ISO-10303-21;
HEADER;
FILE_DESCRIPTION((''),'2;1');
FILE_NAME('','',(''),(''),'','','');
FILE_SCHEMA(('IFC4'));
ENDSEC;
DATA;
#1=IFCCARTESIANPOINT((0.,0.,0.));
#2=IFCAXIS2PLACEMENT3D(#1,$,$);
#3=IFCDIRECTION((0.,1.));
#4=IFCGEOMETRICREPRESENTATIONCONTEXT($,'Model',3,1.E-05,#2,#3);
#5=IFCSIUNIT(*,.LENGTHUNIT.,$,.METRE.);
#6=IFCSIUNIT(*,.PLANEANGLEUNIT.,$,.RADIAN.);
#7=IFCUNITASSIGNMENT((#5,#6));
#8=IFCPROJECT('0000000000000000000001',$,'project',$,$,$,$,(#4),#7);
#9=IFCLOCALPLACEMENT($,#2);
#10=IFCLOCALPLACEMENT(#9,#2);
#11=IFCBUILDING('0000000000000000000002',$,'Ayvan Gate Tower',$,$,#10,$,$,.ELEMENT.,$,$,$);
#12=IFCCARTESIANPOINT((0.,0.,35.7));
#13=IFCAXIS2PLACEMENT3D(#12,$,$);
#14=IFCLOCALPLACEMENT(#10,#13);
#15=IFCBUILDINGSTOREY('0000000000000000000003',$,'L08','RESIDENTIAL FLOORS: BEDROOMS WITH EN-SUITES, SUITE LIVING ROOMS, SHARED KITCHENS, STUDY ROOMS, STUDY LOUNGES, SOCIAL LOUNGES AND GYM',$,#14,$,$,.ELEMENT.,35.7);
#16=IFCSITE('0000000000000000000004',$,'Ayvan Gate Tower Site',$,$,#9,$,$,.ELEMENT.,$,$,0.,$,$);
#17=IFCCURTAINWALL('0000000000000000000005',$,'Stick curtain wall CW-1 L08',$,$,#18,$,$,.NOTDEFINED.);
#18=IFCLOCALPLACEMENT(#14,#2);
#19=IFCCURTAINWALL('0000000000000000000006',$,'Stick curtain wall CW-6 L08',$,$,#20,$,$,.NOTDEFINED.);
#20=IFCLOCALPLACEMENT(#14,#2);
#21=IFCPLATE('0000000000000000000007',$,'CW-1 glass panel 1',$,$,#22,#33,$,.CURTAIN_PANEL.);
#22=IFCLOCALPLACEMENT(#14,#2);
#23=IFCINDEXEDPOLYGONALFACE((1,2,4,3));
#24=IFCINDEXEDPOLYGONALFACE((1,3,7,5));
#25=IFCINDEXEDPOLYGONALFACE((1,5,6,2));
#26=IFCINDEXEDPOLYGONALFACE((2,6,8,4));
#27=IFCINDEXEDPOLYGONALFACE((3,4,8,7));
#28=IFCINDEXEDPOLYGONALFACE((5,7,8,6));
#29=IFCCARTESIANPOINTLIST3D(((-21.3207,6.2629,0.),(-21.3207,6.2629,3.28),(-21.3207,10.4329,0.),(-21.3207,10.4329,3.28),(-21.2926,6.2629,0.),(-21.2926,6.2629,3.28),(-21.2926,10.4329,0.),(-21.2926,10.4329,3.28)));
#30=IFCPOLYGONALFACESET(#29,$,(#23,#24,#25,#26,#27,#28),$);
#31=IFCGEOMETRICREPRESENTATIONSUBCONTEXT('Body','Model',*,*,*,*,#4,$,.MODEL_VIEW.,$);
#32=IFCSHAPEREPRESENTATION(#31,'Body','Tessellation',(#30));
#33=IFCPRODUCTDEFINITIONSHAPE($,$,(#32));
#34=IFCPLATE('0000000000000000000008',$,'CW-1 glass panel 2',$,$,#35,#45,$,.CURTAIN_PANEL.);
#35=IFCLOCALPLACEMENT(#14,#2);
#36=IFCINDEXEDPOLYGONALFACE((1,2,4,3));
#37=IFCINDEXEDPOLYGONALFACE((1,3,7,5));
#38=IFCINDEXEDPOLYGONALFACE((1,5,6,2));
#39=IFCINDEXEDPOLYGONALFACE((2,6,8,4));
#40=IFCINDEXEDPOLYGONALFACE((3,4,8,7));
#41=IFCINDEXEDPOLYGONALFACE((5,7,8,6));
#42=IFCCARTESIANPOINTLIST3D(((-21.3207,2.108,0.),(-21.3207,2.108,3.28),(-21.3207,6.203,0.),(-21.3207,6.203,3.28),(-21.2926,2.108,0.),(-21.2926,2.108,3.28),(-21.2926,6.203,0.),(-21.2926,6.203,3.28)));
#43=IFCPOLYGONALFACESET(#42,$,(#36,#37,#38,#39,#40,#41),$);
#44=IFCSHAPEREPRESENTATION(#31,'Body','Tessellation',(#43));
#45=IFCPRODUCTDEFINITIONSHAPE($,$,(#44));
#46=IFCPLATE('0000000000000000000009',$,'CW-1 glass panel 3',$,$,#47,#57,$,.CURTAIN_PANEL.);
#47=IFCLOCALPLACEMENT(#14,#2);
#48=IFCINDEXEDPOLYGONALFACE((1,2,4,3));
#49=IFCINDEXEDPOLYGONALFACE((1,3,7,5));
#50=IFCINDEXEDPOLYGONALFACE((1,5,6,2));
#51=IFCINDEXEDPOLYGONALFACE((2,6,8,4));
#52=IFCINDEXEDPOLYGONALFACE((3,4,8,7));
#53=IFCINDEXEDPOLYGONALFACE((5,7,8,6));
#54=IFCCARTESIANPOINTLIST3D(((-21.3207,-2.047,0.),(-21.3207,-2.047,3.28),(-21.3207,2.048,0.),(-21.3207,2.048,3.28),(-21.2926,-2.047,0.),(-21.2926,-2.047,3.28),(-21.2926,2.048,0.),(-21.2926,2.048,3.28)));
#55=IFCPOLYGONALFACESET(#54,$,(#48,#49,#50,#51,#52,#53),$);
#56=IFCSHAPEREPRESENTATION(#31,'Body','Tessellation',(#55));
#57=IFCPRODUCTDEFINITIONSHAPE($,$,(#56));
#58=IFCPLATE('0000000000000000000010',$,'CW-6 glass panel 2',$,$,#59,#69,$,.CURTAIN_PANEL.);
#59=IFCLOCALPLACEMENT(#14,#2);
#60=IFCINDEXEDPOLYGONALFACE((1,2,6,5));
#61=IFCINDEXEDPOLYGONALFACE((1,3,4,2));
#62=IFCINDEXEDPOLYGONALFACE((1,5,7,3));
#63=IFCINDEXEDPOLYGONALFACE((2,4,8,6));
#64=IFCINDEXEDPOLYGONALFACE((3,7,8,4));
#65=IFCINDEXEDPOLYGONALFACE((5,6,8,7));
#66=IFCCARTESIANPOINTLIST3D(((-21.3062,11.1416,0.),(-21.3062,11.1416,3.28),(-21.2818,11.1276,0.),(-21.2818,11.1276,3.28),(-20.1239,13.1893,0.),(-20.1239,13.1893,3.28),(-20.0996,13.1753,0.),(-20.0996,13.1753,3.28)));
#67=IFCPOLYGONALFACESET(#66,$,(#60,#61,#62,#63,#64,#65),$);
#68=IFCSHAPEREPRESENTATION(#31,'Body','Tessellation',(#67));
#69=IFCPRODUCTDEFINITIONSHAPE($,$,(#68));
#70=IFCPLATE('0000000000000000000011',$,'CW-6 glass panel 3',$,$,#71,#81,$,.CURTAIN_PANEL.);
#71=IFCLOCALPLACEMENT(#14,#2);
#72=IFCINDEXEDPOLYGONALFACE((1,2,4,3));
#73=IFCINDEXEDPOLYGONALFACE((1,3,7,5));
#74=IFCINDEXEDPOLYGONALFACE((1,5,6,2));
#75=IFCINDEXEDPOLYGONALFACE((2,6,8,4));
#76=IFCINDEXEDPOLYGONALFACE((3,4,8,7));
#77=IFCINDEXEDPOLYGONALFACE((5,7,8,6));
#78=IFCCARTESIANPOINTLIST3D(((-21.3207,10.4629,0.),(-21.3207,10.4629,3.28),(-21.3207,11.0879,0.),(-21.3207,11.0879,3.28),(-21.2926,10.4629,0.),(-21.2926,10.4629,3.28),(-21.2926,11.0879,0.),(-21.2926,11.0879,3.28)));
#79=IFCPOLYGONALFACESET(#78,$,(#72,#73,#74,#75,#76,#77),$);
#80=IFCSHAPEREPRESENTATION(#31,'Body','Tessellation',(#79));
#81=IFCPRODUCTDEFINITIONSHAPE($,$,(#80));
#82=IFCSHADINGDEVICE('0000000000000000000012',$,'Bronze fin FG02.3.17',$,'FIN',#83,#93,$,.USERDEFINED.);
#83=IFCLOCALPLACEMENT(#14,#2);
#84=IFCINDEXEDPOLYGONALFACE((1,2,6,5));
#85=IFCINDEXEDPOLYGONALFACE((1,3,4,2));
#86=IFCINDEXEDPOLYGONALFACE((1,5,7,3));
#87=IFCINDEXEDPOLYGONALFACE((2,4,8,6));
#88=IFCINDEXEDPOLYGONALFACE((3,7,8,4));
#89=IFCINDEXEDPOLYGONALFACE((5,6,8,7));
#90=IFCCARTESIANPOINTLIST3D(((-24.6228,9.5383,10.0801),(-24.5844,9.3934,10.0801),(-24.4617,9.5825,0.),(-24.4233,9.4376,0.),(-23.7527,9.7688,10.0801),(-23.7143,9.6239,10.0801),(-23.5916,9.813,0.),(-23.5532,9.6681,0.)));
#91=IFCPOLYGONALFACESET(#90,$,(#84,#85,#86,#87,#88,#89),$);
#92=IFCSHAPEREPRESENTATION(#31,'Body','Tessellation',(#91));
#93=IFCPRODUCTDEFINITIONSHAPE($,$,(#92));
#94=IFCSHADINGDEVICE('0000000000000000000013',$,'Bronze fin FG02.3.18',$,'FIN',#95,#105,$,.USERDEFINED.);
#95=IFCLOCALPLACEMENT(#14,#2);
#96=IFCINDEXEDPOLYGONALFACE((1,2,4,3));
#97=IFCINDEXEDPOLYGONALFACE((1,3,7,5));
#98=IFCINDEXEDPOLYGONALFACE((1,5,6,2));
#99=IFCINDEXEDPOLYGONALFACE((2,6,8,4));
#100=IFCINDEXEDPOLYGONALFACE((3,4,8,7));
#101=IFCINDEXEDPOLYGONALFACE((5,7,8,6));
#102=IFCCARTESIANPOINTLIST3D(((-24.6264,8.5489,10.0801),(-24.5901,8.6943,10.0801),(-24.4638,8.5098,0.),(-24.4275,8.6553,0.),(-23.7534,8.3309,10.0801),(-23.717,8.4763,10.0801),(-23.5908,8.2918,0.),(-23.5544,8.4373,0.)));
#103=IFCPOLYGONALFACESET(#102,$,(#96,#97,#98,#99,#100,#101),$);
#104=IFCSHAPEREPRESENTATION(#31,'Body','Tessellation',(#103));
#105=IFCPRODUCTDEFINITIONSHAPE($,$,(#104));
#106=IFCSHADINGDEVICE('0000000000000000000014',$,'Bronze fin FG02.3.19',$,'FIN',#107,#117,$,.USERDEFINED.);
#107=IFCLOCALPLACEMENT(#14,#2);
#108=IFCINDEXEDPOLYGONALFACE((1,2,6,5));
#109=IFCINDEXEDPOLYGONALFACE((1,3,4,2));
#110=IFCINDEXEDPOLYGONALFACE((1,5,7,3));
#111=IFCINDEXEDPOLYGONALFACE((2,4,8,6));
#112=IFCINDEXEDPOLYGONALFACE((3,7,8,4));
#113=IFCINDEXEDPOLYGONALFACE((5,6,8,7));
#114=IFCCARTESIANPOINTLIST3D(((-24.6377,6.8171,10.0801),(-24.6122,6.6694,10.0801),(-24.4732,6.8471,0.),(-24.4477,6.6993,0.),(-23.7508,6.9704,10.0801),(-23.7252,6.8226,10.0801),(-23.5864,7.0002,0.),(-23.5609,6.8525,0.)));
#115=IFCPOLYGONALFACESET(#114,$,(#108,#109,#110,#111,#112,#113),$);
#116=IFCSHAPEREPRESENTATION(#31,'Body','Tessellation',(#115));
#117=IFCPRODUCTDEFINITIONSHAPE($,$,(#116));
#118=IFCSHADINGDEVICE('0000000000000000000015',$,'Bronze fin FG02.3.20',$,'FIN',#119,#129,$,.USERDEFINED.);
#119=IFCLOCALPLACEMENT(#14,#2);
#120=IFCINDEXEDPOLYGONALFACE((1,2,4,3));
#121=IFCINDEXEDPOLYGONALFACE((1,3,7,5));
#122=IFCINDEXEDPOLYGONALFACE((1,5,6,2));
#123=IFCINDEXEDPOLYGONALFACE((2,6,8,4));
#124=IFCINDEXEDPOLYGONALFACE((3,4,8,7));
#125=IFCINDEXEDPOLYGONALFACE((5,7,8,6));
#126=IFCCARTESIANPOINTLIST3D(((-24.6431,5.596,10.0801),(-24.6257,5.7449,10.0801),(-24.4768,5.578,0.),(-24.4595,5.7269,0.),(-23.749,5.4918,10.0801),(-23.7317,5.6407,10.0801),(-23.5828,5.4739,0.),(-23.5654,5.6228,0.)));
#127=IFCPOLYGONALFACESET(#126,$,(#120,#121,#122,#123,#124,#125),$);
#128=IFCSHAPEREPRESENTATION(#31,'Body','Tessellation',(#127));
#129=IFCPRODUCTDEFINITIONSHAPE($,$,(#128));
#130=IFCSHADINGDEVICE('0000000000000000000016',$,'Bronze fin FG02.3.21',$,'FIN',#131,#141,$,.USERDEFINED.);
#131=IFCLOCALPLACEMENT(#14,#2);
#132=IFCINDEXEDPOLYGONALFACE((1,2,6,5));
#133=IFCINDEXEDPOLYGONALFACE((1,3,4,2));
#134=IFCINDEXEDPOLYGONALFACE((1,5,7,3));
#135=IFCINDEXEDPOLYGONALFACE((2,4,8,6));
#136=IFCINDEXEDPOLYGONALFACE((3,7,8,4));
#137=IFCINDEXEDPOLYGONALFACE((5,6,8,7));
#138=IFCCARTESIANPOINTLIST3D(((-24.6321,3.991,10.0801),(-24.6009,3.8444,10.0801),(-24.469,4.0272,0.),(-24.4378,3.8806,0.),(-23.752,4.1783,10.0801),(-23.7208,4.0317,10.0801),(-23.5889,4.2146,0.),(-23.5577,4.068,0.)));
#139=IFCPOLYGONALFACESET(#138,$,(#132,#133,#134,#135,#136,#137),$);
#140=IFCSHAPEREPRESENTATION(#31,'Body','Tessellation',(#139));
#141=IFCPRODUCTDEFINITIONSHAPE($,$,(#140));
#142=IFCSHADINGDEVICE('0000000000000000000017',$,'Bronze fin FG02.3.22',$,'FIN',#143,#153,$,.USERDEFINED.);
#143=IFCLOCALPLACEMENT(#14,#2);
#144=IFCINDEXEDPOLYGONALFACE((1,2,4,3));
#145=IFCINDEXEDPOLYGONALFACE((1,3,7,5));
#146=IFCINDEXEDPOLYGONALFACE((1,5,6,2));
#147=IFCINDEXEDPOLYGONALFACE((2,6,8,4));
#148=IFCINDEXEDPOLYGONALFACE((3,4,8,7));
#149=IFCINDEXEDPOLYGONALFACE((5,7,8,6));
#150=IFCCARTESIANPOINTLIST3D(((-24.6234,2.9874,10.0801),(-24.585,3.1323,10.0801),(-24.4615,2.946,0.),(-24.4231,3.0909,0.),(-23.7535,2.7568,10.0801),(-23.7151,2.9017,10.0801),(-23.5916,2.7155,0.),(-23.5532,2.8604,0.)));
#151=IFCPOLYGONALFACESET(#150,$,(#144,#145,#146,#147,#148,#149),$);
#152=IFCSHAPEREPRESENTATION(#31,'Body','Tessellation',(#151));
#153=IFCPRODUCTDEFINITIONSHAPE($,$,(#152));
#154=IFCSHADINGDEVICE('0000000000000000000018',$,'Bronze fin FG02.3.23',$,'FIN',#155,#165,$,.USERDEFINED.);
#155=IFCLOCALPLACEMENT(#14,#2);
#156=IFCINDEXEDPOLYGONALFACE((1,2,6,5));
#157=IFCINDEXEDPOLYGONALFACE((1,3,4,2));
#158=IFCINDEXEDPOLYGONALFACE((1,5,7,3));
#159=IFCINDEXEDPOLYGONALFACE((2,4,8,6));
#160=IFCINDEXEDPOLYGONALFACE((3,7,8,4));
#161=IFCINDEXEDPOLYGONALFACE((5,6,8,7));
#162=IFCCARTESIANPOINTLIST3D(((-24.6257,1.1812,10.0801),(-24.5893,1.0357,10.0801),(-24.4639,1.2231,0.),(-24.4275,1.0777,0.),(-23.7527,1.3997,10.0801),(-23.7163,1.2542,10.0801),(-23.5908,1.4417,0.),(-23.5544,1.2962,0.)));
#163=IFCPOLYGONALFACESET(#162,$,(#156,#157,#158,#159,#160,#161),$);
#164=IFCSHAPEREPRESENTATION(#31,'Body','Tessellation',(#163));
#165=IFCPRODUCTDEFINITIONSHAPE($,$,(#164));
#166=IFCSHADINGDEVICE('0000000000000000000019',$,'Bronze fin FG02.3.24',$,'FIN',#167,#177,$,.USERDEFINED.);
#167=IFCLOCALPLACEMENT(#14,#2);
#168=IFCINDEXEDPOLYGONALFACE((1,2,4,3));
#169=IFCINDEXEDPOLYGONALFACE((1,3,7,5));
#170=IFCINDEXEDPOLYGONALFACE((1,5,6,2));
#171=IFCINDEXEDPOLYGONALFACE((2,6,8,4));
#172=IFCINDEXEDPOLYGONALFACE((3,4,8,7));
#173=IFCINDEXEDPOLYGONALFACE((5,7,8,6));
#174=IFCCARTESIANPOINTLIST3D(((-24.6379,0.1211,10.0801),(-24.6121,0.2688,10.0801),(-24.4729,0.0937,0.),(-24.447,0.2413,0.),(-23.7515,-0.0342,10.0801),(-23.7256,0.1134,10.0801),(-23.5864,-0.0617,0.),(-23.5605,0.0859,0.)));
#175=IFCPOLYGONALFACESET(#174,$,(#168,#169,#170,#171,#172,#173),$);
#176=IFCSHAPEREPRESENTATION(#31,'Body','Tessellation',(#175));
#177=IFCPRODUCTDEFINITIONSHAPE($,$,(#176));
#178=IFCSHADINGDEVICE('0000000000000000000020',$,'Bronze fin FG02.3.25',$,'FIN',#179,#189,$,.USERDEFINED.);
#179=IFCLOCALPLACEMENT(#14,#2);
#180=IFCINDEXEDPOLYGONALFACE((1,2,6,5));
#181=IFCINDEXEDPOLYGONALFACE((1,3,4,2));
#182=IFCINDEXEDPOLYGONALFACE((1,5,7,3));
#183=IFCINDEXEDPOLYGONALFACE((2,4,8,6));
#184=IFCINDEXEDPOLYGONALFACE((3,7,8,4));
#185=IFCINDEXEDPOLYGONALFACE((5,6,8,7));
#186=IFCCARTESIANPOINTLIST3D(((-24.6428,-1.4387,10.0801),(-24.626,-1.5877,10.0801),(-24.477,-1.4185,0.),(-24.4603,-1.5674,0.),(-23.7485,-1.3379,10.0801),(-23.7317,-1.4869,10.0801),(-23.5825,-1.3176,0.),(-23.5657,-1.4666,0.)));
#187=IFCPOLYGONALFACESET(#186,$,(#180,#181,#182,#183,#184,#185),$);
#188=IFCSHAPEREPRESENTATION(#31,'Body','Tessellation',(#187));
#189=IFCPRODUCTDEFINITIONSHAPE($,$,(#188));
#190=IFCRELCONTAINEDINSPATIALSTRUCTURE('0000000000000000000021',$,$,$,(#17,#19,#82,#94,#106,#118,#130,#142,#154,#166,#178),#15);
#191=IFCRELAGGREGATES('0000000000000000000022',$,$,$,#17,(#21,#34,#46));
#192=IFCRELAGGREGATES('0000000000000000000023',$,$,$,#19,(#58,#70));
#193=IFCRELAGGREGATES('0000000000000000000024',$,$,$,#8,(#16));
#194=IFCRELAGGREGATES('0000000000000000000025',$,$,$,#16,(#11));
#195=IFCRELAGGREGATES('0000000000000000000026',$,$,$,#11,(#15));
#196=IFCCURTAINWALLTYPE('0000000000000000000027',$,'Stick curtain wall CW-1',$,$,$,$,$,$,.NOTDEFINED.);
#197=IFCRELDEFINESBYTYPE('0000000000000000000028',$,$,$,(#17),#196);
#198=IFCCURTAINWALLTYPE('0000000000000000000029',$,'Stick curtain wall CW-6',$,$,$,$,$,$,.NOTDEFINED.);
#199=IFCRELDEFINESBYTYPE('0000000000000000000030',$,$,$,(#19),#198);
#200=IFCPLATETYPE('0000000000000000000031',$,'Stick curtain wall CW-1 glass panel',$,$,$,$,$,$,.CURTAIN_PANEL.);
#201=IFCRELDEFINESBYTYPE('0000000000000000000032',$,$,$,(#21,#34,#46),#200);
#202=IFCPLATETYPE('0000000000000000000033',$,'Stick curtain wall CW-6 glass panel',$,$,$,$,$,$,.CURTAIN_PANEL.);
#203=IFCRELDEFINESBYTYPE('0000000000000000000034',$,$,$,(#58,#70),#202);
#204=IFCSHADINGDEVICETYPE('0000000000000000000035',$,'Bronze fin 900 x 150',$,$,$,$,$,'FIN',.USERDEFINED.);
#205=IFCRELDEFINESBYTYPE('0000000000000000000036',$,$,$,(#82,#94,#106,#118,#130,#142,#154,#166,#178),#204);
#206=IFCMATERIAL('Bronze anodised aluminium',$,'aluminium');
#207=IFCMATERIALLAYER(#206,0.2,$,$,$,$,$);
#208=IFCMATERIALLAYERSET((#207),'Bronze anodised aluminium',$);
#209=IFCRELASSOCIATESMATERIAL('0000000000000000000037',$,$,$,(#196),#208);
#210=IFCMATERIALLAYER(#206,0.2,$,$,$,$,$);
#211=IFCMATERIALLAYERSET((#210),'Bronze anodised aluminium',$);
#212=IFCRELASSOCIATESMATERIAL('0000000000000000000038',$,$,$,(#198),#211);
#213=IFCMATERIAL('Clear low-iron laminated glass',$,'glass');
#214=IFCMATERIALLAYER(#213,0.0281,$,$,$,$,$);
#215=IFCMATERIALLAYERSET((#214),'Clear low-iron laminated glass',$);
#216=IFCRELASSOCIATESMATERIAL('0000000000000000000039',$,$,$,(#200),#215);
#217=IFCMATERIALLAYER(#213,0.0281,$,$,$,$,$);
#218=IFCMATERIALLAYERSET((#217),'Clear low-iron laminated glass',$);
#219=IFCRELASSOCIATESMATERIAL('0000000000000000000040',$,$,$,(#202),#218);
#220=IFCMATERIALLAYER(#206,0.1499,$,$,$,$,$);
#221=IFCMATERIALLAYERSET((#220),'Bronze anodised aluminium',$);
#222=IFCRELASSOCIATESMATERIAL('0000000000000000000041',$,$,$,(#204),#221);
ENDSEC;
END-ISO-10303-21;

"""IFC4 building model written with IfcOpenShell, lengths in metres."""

from ifc_helpers import new_model, si_unit, direction, frame, origin, origin_2d, place, context, subcontext, project, spatial, polyline, rectangle, outline, extrude, material, layer, layer_set, type_object, element, aggregate, save


model = new_model("IFC4")

# Units and contexts
model_context = context("Model", 3, precision=1e-05, world=origin(), true_north=direction((0.0, 1.0)))
body_context = subcontext(model_context, "Body", "Model", "MODEL_VIEW")
ifc_project = project(units=[si_unit("LENGTHUNIT", "METRE"), si_unit("PLANEANGLEUNIT", "RADIAN")], contexts=[model_context])

# Site, building, storey
site_placement = place(None, origin())
site = spatial("IfcSite", under=ifc_project, at=site_placement, Name="Ayvan Gate Tower Site", CompositionType="ELEMENT", RefElevation=0.0)
building_placement = place(site_placement, origin())
building = spatial("IfcBuilding", under=site, at=building_placement, Name="Ayvan Gate Tower", CompositionType="ELEMENT")
storey_placement = place(building_placement, frame((0.0, 0.0, 35.7)))
storey = spatial("IfcBuildingStorey", under=building, at=storey_placement, Name="L08", Description="RESIDENTIAL FLOORS: BEDROOMS WITH EN-SUITES, SUITE LIVING ROOMS, SHARED KITCHENS, STUDY ROOMS, STUDY LOUNGES, SOCIAL LOUNGES AND GYM", CompositionType="ELEMENT", Elevation=35.7)

# Curtain walls
ifc_material_1 = material(Name="Bronze anodised aluminium", Category="aluminium")
ifc_layer_1 = layer(ifc_material_1, 0.2)
ifc_layer_set_1 = layer_set([ifc_layer_1], Name="Bronze anodised aluminium")
curtain_wall_type_1 = type_object("IfcCurtainWallType", Name="Stick curtain wall CW-1", PredefinedType="NOTDEFINED", material=ifc_layer_set_1)
curtain_wall_1_placement = place(storey_placement, origin())
curtain_wall_1 = element("IfcCurtainWall", 1, at=curtain_wall_1_placement, inside=storey, type_object=curtain_wall_type_1, Name="Stick curtain wall CW-1 L08", PredefinedType="NOTDEFINED")
ifc_layer_2 = layer(ifc_material_1, 0.2)
ifc_layer_set_2 = layer_set([ifc_layer_2], Name="Bronze anodised aluminium")
curtain_wall_type_2 = type_object("IfcCurtainWallType", Name="Stick curtain wall CW-6", PredefinedType="NOTDEFINED", material=ifc_layer_set_2)
curtain_wall_2_placement = place(storey_placement, origin())
curtain_wall_2 = element("IfcCurtainWall", 2, at=curtain_wall_2_placement, inside=storey, type_object=curtain_wall_type_2, Name="Stick curtain wall CW-6 L08", PredefinedType="NOTDEFINED")

# Plates
ifc_material_2 = material(Name="Clear low-iron laminated glass", Category="glass")
ifc_layer_3 = layer(ifc_material_2, 0.0281)
ifc_layer_set_3 = layer_set([ifc_layer_3], Name="Clear low-iron laminated glass")
plate_type_1 = type_object("IfcPlateType", Name="Stick curtain wall CW-1 glass panel", PredefinedType="CURTAIN_PANEL", material=ifc_layer_set_3)
plate_1_placement = place(storey_placement, frame((-21.3066, 8.3479, 0.0), z_axis=(0.0, 0.0, 1.0), x_axis=(0.0, -1.0, 0.0)))
plate_1 = element("IfcPlate", 3, at=plate_1_placement, type_object=plate_type_1, Name="CW-1 glass panel 1", PredefinedType="CURTAIN_PANEL", context=body_context, shape_type="SweptSolid", body=[
    extrude(rectangle(XDim=4.1699, YDim=0.0281, at=origin_2d()), origin(), (0.0, 0.0, 1.0), 3.28),
])
plate_2_placement = place(storey_placement, frame((-21.3066, 4.1555, 0.0), z_axis=(0.0, 0.0, 1.0), x_axis=(0.0, -1.0, 0.0)))
plate_2 = element("IfcPlate", 4, at=plate_2_placement, type_object=plate_type_1, Name="CW-1 glass panel 2", PredefinedType="CURTAIN_PANEL", context=body_context, shape_type="SweptSolid", body=[
    extrude(rectangle(XDim=4.095, YDim=0.0281, at=origin_2d()), origin(), (0.0, 0.0, 1.0), 3.28),
])
plate_3_placement = place(storey_placement, frame((-21.3066, 0.0005, 0.0), z_axis=(0.0, 0.0, 1.0), x_axis=(0.0, -1.0, 0.0)))
plate_3 = element("IfcPlate", 5, at=plate_3_placement, type_object=plate_type_1, Name="CW-1 glass panel 3", PredefinedType="CURTAIN_PANEL", context=body_context, shape_type="SweptSolid", body=[
    extrude(rectangle(XDim=4.095, YDim=0.0281, at=origin_2d()), origin(), (0.0, 0.0, 1.0), 3.28),
])
aggregate(curtain_wall_1, [plate_1, plate_2, plate_3])
ifc_layer_4 = layer(ifc_material_2, 0.0281)
ifc_layer_set_4 = layer_set([ifc_layer_4], Name="Clear low-iron laminated glass")
plate_type_2 = type_object("IfcPlateType", Name="Stick curtain wall CW-6 glass panel", PredefinedType="CURTAIN_PANEL", material=ifc_layer_set_4)
plate_4_placement = place(storey_placement, frame((-20.7029, 12.1584, 0.0), z_axis=(0.0, 0.0, 1.0), x_axis=(-0.5, -0.866025, 0.0)))
plate_4 = element("IfcPlate", 6, at=plate_4_placement, type_object=plate_type_2, Name="CW-6 glass panel 2", PredefinedType="CURTAIN_PANEL", context=body_context, shape_type="SweptSolid", body=[
    extrude(rectangle(XDim=2.3645, YDim=0.0281, at=origin_2d()), origin(), (0.0, 0.0, 1.0), 3.28),
])
plate_5_placement = place(storey_placement, frame((-21.3066, 10.7754, 0.0), z_axis=(0.0, 0.0, 1.0), x_axis=(0.0, -1.0, 0.0)))
plate_5 = element("IfcPlate", 7, at=plate_5_placement, type_object=plate_type_2, Name="CW-6 glass panel 3", PredefinedType="CURTAIN_PANEL", context=body_context, shape_type="SweptSolid", body=[
    extrude(rectangle(XDim=0.625, YDim=0.0281, at=origin_2d()), origin(), (0.0, 0.0, 1.0), 3.28),
])
aggregate(curtain_wall_2, [plate_4, plate_5])

# Shading devices
ifc_layer_5 = layer(ifc_material_1, 0.1499)
ifc_layer_set_5 = layer_set([ifc_layer_5], Name="Bronze anodised aluminium")
shading_device_type = type_object("IfcShadingDeviceType", Name="Bronze fin 900 x 150", ElementType="FIN", PredefinedType="USERDEFINED", material=ifc_layer_set_5)
shading_device_1_placement = place(storey_placement, frame((-23.5916, 9.813, 0.0), z_axis=(-0.256042, 0.966666, 0.000145), x_axis=(-0.966666, -0.256042, 0.0)))
element("IfcShadingDevice", 8, at=shading_device_1_placement, inside=storey, type_object=shading_device_type, Name="Bronze fin FG02.3.17", ObjectType="FIN", PredefinedType="USERDEFINED", context=body_context, shape_type="SweptSolid", body=[
    extrude(outline(polyline([(0.0, 0.0), (0.9001, 0.0), (1.0672, 10.0801), (0.1671, 10.0801), (0.0, 0.0)])), origin(), (0.0, 0.0, -1.0), 0.1499),
])
shading_device_2_placement = place(storey_placement, frame((-23.5544, 8.4373, 0.0), z_axis=(0.24228, 0.970206, 0.000148), x_axis=(-0.970206, 0.24228, 0.0)))
element("IfcShadingDevice", 9, at=shading_device_2_placement, inside=storey, type_object=shading_device_type, Name="Bronze fin FG02.3.18", ObjectType="FIN", PredefinedType="USERDEFINED", context=body_context, shape_type="SweptSolid", body=[
    extrude(outline(polyline([(0.0, 0.0), (0.8999, 0.0), (1.0671, 10.0801), (0.1672, 10.0801), (0.0, 0.0)])), origin(), (0.0, 0.0, -1.0), 0.1499),
])
shading_device_3_placement = place(storey_placement, frame((-23.5864, 7.0002, 0.0), z_axis=(-0.170225, 0.985405, 0.000147), x_axis=(-0.985405, -0.170225, 0.0)))
element("IfcShadingDevice", 10, at=shading_device_3_placement, inside=storey, type_object=shading_device_type, Name="Bronze fin FG02.3.19", ObjectType="FIN", PredefinedType="USERDEFINED", context=body_context, shape_type="SweptSolid", body=[
    extrude(outline(polyline([(0.0, 0.0), (0.8999, 0.0), (1.0671, 10.0801), (0.167, 10.0801), (0.0, 0.0)])), origin(), (0.0, 0.0, -1.0), 0.1499),
])
shading_device_4_placement = place(storey_placement, frame((-23.5654, 5.6228, 0.0), z_axis=(0.115684, 0.993286, 0.00014), x_axis=(-0.993286, 0.115684, 0.0)))
element("IfcShadingDevice", 11, at=shading_device_4_placement, inside=storey, type_object=shading_device_type, Name="Bronze fin FG02.3.20", ObjectType="FIN", PredefinedType="USERDEFINED", context=body_context, shape_type="SweptSolid", body=[
    extrude(outline(polyline([(0.0, 0.0), (0.9001, 0.0), (1.0673, 10.0801), (0.1672, 10.0801), (0.0, 0.0)])), origin(), (0.0, 0.0, -1.0), 0.1499),
])
shading_device_5_placement = place(storey_placement, frame((-23.5889, 4.2146, 0.0), z_axis=(-0.208232, 0.978079, 0.000149), x_axis=(-0.978079, -0.208232, 0.0)))
element("IfcShadingDevice", 12, at=shading_device_5_placement, inside=storey, type_object=shading_device_type, Name="Bronze fin FG02.3.21", ObjectType="FIN", PredefinedType="USERDEFINED", context=body_context, shape_type="SweptSolid", body=[
    extrude(outline(polyline([(0.0, 0.0), (0.8999, 0.0), (1.0669, 10.0801), (0.1671, 10.0801), (0.0, 0.0)])), origin(), (0.0, 0.0, -1.0), 0.1499),
])
shading_device_6_placement = place(storey_placement, frame((-23.5532, 2.8604, 0.0), z_axis=(0.256236, 0.966614, 0.000146), x_axis=(-0.966614, 0.256236, 0.0)))
element("IfcShadingDevice", 13, at=shading_device_6_placement, inside=storey, type_object=shading_device_type, Name="Bronze fin FG02.3.22", ObjectType="FIN", PredefinedType="USERDEFINED", context=body_context, shape_type="SweptSolid", body=[
    extrude(outline(polyline([(0.0, 0.0), (0.8999, 0.0), (1.067, 10.0801), (0.167, 10.0801), (0.0, 0.0)])), origin(), (0.0, 0.0, -1.0), 0.1499),
])
shading_device_7_placement = place(storey_placement, frame((-23.5908, 1.4417, 0.0), z_axis=(-0.242791, 0.970079, 0.000142), x_axis=(-0.970079, -0.242791, 0.0)))
element("IfcShadingDevice", 14, at=shading_device_7_placement, inside=storey, type_object=shading_device_type, Name="Bronze fin FG02.3.23", ObjectType="FIN", PredefinedType="USERDEFINED", context=body_context, shape_type="SweptSolid", body=[
    extrude(outline(polyline([(0.0, 0.0), (0.9, 0.0), (1.0672, 10.0801), (0.1672, 10.0801), (0.0, 0.0)])), origin(), (0.0, 0.0, -1.0), 0.1499),
])
shading_device_8_placement = place(storey_placement, frame((-23.5605, 0.0859, 0.0), z_axis=(0.172663, 0.984981, 0.000143), x_axis=(-0.984981, 0.172663, 0.0)))
element("IfcShadingDevice", 15, at=shading_device_8_placement, inside=storey, type_object=shading_device_type, Name="Bronze fin FG02.3.24", ObjectType="FIN", PredefinedType="USERDEFINED", context=body_context, shape_type="SweptSolid", body=[
    extrude(outline(polyline([(0.0, 0.0), (0.9, 0.0), (1.0673, 10.0801), (0.1673, 10.0801), (0.0, 0.0)])), origin(), (0.0, 0.0, -1.0), 0.1499),
])
shading_device_9_placement = place(storey_placement, frame((-23.5825, -1.3176, 0.0), z_axis=(-0.112024, 0.993705, 0.000154), x_axis=(-0.993705, -0.112024, 0.0)))
element("IfcShadingDevice", 16, at=shading_device_9_placement, inside=storey, type_object=shading_device_type, Name="Bronze fin FG02.3.25", ObjectType="FIN", PredefinedType="USERDEFINED", context=body_context, shape_type="SweptSolid", body=[
    extrude(outline(polyline([(0.0, 0.0), (0.9002, 0.0), (1.0672, 10.0801), (0.1672, 10.0801), (0.0, 0.0)])), origin(), (0.0, 0.0, -1.0), 0.1499),
])

save(model, "model.ifc")
